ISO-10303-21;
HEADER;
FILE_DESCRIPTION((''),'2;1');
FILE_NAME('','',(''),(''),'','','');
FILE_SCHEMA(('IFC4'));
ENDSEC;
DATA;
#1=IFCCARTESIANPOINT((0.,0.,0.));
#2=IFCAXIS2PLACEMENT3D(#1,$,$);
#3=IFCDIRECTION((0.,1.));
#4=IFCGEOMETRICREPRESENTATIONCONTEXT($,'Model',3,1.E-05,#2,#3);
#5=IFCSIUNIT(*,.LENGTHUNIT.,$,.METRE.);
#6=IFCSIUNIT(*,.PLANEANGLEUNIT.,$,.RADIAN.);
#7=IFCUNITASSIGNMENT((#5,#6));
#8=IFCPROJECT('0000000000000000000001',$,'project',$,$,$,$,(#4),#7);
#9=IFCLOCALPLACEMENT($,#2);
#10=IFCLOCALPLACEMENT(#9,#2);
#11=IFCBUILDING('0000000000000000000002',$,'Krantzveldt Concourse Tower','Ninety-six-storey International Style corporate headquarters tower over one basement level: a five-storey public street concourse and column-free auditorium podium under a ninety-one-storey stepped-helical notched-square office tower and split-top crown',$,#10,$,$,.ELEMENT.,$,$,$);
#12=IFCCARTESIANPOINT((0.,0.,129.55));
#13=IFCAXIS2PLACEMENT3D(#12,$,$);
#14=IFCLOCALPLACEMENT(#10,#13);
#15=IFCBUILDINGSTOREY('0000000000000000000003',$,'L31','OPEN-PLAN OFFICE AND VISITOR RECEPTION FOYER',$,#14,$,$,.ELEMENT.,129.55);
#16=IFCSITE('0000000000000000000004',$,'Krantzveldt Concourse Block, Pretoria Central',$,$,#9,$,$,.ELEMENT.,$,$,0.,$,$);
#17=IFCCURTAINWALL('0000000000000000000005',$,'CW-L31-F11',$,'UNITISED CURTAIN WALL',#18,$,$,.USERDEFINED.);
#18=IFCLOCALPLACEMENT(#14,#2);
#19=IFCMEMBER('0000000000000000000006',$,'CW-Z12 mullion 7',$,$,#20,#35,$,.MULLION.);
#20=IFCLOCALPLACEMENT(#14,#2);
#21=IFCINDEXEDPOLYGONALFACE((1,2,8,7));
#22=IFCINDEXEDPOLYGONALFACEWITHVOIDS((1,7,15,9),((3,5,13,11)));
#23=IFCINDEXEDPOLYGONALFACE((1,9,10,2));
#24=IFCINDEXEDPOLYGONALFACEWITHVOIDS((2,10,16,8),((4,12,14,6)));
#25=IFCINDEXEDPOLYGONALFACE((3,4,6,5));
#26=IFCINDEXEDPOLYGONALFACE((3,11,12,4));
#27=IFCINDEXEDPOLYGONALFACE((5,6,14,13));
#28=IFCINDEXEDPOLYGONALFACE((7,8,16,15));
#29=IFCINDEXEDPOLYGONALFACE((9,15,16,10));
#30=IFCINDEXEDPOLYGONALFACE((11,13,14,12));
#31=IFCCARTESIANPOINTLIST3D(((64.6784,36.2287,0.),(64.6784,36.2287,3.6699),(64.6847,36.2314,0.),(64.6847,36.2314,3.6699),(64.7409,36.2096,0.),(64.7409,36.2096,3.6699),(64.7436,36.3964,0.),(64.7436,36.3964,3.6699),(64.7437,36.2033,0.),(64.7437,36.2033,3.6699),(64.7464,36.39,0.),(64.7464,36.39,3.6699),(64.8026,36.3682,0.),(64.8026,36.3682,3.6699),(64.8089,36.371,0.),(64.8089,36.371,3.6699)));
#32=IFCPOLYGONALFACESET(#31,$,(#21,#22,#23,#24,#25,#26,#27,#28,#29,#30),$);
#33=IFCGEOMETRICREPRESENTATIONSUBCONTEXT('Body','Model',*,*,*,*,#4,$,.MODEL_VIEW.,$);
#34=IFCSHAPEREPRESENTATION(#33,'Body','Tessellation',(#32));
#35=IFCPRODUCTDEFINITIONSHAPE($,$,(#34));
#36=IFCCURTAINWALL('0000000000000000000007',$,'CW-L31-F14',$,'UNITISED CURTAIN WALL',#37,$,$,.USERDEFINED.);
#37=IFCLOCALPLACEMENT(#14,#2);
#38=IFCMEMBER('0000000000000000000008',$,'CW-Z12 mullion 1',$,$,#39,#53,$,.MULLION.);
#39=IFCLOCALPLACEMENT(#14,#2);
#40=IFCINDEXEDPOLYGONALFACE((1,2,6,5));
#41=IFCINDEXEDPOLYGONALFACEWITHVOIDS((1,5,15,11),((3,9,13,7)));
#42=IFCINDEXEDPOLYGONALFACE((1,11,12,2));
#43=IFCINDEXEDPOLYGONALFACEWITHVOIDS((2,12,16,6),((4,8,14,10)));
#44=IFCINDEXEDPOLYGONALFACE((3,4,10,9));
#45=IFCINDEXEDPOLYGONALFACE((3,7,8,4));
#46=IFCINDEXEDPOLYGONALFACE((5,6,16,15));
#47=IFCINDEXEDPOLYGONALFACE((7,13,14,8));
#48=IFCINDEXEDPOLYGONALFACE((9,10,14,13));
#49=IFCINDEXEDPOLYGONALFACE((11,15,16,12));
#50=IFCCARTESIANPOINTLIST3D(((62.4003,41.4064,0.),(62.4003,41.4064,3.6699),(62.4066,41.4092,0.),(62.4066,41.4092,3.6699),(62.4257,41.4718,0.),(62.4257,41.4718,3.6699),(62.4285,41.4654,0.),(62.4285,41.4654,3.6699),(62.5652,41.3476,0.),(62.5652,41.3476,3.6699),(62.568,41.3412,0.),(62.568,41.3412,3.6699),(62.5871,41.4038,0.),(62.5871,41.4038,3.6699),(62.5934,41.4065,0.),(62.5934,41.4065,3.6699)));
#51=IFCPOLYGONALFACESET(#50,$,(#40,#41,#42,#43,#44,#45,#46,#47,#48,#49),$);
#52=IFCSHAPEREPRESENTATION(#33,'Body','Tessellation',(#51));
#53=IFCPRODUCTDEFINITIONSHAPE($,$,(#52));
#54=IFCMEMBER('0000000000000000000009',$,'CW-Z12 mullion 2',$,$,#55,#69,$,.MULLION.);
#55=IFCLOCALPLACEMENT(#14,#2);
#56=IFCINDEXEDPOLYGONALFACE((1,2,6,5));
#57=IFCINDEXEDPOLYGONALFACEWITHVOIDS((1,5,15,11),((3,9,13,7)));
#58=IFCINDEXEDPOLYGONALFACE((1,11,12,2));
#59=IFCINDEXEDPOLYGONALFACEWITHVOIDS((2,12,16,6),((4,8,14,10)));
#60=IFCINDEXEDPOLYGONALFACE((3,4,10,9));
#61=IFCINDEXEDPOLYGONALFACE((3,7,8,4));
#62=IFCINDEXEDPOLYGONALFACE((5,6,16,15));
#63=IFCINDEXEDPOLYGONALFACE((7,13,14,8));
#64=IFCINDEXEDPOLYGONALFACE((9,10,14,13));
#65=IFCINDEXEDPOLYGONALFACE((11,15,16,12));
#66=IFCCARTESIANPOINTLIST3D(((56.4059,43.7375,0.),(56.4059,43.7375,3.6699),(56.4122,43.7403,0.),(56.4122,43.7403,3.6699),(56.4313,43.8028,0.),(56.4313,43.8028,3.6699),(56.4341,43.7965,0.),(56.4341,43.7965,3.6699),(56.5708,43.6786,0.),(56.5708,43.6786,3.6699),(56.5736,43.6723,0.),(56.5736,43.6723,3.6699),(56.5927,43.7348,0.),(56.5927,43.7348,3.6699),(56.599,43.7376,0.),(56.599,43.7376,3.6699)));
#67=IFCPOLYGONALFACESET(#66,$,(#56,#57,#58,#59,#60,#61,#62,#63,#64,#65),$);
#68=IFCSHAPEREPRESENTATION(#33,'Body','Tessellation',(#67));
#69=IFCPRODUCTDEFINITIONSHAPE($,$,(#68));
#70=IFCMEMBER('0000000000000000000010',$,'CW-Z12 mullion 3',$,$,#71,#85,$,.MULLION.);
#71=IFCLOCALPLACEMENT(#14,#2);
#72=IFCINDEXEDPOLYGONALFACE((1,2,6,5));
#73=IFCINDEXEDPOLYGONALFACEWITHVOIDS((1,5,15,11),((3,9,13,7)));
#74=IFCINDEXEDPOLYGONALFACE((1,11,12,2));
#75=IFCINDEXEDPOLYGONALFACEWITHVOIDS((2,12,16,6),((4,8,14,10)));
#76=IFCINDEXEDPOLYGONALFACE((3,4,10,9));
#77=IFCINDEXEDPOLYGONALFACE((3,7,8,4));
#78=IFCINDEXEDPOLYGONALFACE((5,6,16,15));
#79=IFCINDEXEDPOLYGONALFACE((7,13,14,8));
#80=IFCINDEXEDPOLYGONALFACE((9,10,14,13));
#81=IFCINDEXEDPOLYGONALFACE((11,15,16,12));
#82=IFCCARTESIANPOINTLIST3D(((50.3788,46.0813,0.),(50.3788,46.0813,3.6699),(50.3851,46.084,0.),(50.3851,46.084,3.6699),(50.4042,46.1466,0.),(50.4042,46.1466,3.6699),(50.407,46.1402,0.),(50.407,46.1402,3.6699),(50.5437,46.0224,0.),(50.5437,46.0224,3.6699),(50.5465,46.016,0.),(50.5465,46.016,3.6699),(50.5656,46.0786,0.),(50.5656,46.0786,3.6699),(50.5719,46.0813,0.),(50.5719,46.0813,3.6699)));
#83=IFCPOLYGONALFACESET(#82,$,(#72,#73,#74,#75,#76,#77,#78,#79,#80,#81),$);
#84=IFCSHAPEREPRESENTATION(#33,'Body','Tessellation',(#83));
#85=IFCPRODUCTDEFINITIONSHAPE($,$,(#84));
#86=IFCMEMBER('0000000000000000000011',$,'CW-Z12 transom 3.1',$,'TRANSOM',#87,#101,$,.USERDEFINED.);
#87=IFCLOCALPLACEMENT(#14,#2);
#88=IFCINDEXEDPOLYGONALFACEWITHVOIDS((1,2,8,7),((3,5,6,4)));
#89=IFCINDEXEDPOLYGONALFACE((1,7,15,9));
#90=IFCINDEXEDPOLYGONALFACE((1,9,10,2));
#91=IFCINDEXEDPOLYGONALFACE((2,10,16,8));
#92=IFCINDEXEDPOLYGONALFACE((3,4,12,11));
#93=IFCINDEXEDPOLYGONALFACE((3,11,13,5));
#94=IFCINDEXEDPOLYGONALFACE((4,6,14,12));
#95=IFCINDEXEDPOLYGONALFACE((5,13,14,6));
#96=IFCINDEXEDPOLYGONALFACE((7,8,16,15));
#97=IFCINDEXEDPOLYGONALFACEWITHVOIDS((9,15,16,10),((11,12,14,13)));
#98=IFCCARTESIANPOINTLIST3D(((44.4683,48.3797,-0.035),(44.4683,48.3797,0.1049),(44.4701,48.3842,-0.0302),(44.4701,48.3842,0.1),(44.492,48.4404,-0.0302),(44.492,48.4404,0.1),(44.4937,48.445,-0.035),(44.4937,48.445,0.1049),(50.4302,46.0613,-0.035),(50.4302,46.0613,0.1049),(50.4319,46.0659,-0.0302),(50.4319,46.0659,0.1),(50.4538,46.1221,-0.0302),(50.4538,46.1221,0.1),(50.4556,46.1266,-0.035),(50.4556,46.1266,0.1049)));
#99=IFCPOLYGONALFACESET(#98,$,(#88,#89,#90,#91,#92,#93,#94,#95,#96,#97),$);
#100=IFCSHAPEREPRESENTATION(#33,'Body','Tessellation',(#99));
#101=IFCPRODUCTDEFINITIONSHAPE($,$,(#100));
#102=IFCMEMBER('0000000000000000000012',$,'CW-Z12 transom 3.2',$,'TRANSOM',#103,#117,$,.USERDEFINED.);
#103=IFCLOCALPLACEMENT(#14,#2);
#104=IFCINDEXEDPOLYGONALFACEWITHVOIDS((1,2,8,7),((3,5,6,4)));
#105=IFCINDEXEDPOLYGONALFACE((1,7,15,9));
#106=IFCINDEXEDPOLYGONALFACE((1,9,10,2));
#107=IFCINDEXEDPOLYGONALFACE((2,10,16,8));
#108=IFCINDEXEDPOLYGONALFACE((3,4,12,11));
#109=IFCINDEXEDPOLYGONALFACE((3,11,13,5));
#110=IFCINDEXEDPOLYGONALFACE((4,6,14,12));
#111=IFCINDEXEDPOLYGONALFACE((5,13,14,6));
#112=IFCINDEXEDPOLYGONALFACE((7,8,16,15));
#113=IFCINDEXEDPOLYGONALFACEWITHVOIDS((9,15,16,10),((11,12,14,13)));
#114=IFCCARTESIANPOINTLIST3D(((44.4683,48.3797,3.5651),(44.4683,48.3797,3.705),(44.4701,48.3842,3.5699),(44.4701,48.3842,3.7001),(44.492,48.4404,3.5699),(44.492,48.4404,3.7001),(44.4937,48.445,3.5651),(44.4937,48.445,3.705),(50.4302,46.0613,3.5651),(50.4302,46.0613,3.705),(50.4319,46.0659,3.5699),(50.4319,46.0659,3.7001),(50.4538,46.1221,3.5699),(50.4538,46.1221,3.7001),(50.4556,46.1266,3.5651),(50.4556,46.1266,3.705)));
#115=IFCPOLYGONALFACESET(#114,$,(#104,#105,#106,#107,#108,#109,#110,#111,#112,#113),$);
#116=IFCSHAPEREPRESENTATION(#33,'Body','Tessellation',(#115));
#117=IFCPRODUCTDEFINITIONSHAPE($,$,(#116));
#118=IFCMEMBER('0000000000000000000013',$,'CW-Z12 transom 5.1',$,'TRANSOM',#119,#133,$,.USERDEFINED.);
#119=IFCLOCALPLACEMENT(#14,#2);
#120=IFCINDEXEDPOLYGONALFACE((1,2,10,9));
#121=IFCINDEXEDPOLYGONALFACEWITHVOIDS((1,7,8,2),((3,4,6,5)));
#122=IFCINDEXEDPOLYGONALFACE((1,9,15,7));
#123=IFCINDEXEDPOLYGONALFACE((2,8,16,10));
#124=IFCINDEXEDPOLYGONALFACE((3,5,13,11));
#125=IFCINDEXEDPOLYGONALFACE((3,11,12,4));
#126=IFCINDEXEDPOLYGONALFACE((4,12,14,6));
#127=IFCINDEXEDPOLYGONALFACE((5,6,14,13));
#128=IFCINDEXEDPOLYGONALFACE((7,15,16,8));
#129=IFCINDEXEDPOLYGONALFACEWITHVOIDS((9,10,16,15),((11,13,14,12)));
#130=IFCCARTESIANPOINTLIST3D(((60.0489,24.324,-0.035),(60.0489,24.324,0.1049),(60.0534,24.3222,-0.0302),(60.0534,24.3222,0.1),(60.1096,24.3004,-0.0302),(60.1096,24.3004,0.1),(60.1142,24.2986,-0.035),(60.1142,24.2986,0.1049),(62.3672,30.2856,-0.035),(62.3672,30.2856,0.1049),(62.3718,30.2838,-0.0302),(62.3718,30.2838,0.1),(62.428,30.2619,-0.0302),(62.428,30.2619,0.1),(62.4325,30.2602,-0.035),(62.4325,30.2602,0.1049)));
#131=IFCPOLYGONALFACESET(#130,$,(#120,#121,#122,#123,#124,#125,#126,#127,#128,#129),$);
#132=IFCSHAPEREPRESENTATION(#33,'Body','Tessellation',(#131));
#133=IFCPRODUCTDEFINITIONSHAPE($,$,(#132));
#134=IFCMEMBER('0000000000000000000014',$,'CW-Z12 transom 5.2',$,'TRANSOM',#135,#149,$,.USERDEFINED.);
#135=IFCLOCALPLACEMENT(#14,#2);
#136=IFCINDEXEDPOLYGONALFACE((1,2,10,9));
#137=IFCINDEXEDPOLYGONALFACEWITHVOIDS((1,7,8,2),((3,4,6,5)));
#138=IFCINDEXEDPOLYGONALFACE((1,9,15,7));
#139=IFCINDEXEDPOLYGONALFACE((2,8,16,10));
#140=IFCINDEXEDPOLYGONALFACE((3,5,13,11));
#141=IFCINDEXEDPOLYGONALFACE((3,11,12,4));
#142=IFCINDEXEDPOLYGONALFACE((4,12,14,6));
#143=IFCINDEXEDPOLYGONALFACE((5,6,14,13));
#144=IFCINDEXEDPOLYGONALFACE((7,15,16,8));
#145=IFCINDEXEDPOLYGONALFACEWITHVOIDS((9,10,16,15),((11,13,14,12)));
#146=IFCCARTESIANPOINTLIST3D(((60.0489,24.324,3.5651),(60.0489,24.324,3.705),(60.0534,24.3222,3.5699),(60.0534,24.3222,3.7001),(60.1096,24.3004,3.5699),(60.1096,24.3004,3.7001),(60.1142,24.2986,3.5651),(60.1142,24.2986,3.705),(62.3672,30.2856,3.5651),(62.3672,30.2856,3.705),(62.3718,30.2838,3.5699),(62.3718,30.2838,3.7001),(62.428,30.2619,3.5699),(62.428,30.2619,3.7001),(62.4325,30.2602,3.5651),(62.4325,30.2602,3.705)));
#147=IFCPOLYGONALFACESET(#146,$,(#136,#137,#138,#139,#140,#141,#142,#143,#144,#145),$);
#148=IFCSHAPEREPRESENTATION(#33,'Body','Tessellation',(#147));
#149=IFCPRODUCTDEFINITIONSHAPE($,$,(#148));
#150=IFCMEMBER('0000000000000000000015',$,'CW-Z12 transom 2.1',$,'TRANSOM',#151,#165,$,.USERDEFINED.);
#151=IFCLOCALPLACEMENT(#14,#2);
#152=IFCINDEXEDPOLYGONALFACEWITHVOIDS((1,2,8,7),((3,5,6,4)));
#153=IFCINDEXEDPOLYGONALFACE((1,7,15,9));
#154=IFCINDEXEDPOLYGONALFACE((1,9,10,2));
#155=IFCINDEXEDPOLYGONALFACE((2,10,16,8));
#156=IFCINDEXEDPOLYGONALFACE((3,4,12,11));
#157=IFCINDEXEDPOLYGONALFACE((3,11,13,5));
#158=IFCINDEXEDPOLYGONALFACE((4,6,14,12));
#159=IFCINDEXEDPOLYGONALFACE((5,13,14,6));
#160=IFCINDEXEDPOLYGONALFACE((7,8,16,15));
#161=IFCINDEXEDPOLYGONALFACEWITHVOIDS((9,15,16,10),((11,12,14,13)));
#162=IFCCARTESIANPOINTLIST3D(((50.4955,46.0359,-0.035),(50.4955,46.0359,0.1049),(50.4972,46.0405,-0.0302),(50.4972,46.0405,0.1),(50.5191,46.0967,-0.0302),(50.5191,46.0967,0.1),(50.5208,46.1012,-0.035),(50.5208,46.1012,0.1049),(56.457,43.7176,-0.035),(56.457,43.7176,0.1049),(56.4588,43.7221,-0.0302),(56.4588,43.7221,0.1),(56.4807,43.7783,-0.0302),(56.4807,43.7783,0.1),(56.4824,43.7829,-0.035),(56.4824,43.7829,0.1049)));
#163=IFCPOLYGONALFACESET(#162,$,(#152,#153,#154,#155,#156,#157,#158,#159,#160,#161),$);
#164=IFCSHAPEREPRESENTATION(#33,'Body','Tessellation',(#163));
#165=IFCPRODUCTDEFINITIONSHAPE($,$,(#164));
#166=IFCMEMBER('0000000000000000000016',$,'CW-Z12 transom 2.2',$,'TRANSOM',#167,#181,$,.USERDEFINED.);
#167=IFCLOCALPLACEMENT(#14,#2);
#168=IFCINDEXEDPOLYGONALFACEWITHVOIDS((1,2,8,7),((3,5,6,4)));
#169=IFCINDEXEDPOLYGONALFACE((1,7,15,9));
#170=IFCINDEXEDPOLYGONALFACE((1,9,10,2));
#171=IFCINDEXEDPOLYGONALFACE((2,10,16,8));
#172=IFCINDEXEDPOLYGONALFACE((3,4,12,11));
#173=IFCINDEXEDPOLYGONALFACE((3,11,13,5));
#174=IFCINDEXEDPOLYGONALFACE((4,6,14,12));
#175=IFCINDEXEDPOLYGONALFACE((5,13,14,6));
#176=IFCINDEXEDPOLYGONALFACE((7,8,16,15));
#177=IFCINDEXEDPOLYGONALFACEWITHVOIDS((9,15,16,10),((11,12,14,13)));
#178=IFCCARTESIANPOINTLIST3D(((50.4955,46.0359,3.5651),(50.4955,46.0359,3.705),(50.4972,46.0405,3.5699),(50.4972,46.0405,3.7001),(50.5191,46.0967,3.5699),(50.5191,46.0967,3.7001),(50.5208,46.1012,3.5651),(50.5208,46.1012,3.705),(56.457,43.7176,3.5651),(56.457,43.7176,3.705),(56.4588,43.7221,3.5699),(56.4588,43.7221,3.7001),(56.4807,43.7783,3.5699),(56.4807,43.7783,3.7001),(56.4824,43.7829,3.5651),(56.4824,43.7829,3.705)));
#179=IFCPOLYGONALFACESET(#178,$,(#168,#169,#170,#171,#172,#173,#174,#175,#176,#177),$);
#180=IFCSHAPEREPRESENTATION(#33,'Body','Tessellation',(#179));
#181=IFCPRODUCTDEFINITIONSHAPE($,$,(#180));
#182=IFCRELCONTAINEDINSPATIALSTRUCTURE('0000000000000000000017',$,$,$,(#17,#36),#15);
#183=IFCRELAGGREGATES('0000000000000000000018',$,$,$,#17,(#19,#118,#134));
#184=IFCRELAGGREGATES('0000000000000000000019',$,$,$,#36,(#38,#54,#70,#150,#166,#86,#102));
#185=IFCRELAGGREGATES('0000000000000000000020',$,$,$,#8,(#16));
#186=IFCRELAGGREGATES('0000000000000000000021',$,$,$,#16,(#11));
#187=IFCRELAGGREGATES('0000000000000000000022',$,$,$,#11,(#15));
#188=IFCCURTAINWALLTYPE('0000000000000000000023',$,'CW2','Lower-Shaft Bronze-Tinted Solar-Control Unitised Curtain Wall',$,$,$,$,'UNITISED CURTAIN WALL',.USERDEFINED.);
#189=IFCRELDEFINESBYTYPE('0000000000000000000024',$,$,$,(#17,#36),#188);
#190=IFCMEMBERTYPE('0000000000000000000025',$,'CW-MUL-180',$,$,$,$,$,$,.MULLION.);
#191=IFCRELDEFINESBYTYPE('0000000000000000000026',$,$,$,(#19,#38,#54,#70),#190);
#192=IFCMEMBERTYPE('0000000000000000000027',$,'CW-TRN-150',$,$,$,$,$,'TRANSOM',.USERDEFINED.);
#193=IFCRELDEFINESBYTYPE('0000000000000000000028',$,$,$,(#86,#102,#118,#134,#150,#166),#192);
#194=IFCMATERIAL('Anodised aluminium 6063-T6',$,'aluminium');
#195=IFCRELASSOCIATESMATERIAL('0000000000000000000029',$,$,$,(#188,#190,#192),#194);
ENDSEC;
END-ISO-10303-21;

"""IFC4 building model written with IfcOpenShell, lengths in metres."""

from ifc_helpers import new_model, si_unit, direction, frame, origin, origin_2d, place, context, subcontext, project, spatial, hollow_rectangle, extrude, source, transform, mapped, material, material_profile, profile_set, type_object, type_shapes, element, aggregate, save


model = new_model("IFC4")

# Units and contexts
model_context = context("Model", 3, precision=1e-05, world=origin(), true_north=direction((0.0, 1.0)))
body_context = subcontext(model_context, "Body", "Model", "MODEL_VIEW")
ifc_project = project(units=[si_unit("LENGTHUNIT", "METRE"), si_unit("PLANEANGLEUNIT", "RADIAN")], contexts=[model_context])

# Site, building, storey
site_placement = place(None, origin())
site = spatial("IfcSite", under=ifc_project, at=site_placement, Name="Krantzveldt Concourse Block, Pretoria Central", CompositionType="ELEMENT", RefElevation=0.0)
building_placement = place(site_placement, origin())
building = spatial("IfcBuilding", under=site, at=building_placement, Name="Krantzveldt Concourse Tower", Description="Ninety-six-storey International Style corporate headquarters tower over one basement level: a five-storey public street concourse and column-free auditorium podium under a ninety-one-storey stepped-helical notched-square office tower and split-top crown", CompositionType="ELEMENT")
storey_placement = place(building_placement, frame((0.0, 0.0, 129.55)))
storey = spatial("IfcBuildingStorey", under=building, at=storey_placement, Name="L31", Description="OPEN-PLAN OFFICE AND VISITOR RECEPTION FOYER", CompositionType="ELEMENT", Elevation=129.55)

# Curtain walls, members
ifc_material_1 = material(Name="Anodised aluminium 6063-T6", Category="aluminium")
curtain_wall_type = type_object("IfcCurtainWallType", Name="CW2", Description="Lower-Shaft Bronze-Tinted Solar-Control Unitised Curtain Wall", ElementType="UNITISED CURTAIN WALL", PredefinedType="USERDEFINED", material=ifc_material_1)
curtain_wall_1_placement = place(storey_placement, origin())
curtain_wall_1 = element("IfcCurtainWall", 1, at=curtain_wall_1_placement, inside=storey, type_object=curtain_wall_type, Name="CW-L31-F11", ObjectType="UNITISED CURTAIN WALL", PredefinedType="USERDEFINED")
ifc_material_profile_1 = material_profile(ifc_material_1, hollow_rectangle(XDim=0.0701, YDim=0.1799, WallThickness=0.0049, at=origin_2d()), Name="Anodised aluminium 6063-T6", Category="aluminium")
ifc_profile_set_1 = profile_set([ifc_material_profile_1], Name="Anodised aluminium 6063-T6 - ALU-MULL 180x70x5")
member_type_1 = type_object("IfcMemberType", Name="CW-MUL-180", PredefinedType="MULLION", material=ifc_profile_set_1)
shared_shape_1 = source(origin(), body_context, "Body", "SweptSolid", [
    extrude(hollow_rectangle(XDim=0.0701, YDim=0.1799, WallThickness=0.0049, at=origin_2d()), origin(), (0.0, 0.0, 1.0), 3.6699),
])
type_shapes(member_type_1, [shared_shape_1])
member_1_placement = place(storey_placement, frame((64.7437, 36.2998, 0.0), z_axis=(0.0, 0.0, 1.0), x_axis=(-0.932008, 0.362438, 0.0)))
member_1 = element("IfcMember", 2, at=member_1_placement, type_object=member_type_1, Name="CW-Z12 mullion 7", PredefinedType="MULLION", context=body_context, shape_type="MappedRepresentation", body=[
    mapped(shared_shape_1, transform((0.0, 0.0, 0.0), x_axis=(1.0, 0.0, 0.0), y_axis=(0.0, 1.0, 0.0), z_axis=(0.0, 0.0, 1.0), scale=1.0)),
])
curtain_wall_2_placement = place(storey_placement, origin())
curtain_wall_2 = element("IfcCurtainWall", 3, at=curtain_wall_2_placement, inside=storey, type_object=curtain_wall_type, Name="CW-L31-F14", ObjectType="UNITISED CURTAIN WALL", PredefinedType="USERDEFINED")
member_2_placement = place(storey_placement, frame((62.4968, 41.4065, 0.0), z_axis=(0.0, 0.0, 1.0), x_axis=(-0.362438, -0.932008, 0.0)))
member_2 = element("IfcMember", 4, at=member_2_placement, type_object=member_type_1, Name="CW-Z12 mullion 1", PredefinedType="MULLION", context=body_context, shape_type="MappedRepresentation", body=[
    mapped(shared_shape_1, transform((0.0, 0.0, 0.0), x_axis=(1.0, 0.0, 0.0), y_axis=(0.0, 1.0, 0.0), z_axis=(0.0, 0.0, 1.0), scale=1.0)),
])
member_3_placement = place(storey_placement, frame((56.5024, 43.7375, 0.0), z_axis=(0.0, 0.0, 1.0), x_axis=(-0.362438, -0.932008, 0.0)))
member_3 = element("IfcMember", 5, at=member_3_placement, type_object=member_type_1, Name="CW-Z12 mullion 2", PredefinedType="MULLION", context=body_context, shape_type="MappedRepresentation", body=[
    mapped(shared_shape_1, transform((0.0, 0.0, 0.0), x_axis=(1.0, 0.0, 0.0), y_axis=(0.0, 1.0, 0.0), z_axis=(0.0, 0.0, 1.0), scale=1.0)),
])
member_4_placement = place(storey_placement, frame((50.4753, 46.0813, 0.0), z_axis=(0.0, 0.0, 1.0), x_axis=(-0.362438, -0.932008, 0.0)))
member_4 = element("IfcMember", 6, at=member_4_placement, type_object=member_type_1, Name="CW-Z12 mullion 3", PredefinedType="MULLION", context=body_context, shape_type="MappedRepresentation", body=[
    mapped(shared_shape_1, transform((0.0, 0.0, 0.0), x_axis=(1.0, 0.0, 0.0), y_axis=(0.0, 1.0, 0.0), z_axis=(0.0, 0.0, 1.0), scale=1.0)),
])
ifc_material_profile_2 = material_profile(ifc_material_1, hollow_rectangle(XDim=0.0701, YDim=0.1399, WallThickness=0.0049, at=origin_2d()), Name="Anodised aluminium 6063-T6", Category="aluminium")
ifc_profile_set_2 = profile_set([ifc_material_profile_2], Name="Anodised aluminium 6063-T6 - ALU-TRAN 140x70x5")
member_type_2 = type_object("IfcMemberType", Name="CW-TRN-150", ElementType="TRANSOM", PredefinedType="USERDEFINED", material=ifc_profile_set_2)
shared_shape_2 = source(origin(), body_context, "Body", "SweptSolid", [
    extrude(hollow_rectangle(XDim=0.0701, YDim=0.1399, WallThickness=0.0049, at=origin_2d()), origin(), (0.0, 0.0, 1.0), 6.3967),
])
member_5_placement = place(storey_placement, frame((50.4429, 46.094, 0.0349), z_axis=(-0.932013, 0.362424, 0.0), x_axis=(-0.362424, -0.932013, 0.0)))
member_5 = element("IfcMember", 7, at=member_5_placement, type_object=member_type_2, Name="CW-Z12 transom 3.1", ObjectType="TRANSOM", PredefinedType="USERDEFINED", context=body_context, shape_type="MappedRepresentation", body=[
    mapped(shared_shape_2, transform((0.0, 0.0, 0.0), x_axis=(1.0, 0.0, 0.0), y_axis=(0.0, 1.0, 0.0), z_axis=(0.0, 0.0, 1.0), scale=1.0)),
])
member_6_placement = place(storey_placement, frame((50.4429, 46.094, 3.635), z_axis=(-0.932013, 0.362424, 0.0), x_axis=(-0.362424, -0.932013, 0.0)))
member_6 = element("IfcMember", 8, at=member_6_placement, type_object=member_type_2, Name="CW-Z12 transom 3.2", ObjectType="TRANSOM", PredefinedType="USERDEFINED", context=body_context, shape_type="MappedRepresentation", body=[
    mapped(shared_shape_2, transform((0.0, 0.0, 0.0), x_axis=(1.0, 0.0, 0.0), y_axis=(0.0, 1.0, 0.0), z_axis=(0.0, 0.0, 1.0), scale=1.0)),
])

# Members
shared_shape_3 = source(origin(), body_context, "Body", "SweptSolid", [
    extrude(hollow_rectangle(XDim=0.0701, YDim=0.1399, WallThickness=0.0049, at=origin_2d()), origin(), (0.0, 0.0, 1.0), 6.3965),
])
member_7_placement = place(storey_placement, frame((60.0815, 24.3113, 0.0349), z_axis=(0.362437, 0.932008, 0.0), x_axis=(-0.932008, 0.362437, 0.0)))
member_7 = element("IfcMember", 9, at=member_7_placement, type_object=member_type_2, Name="CW-Z12 transom 5.1", ObjectType="TRANSOM", PredefinedType="USERDEFINED", context=body_context, shape_type="MappedRepresentation", body=[
    mapped(shared_shape_3, transform((0.0, 0.0, 0.0), x_axis=(1.0, 0.0, 0.0), y_axis=(0.0, 1.0, 0.0), z_axis=(0.0, 0.0, 1.0), scale=1.0)),
])
member_8_placement = place(storey_placement, frame((60.0815, 24.3113, 3.635), z_axis=(0.362437, 0.932008, 0.0), x_axis=(-0.932008, 0.362437, 0.0)))
member_8 = element("IfcMember", 10, at=member_8_placement, type_object=member_type_2, Name="CW-Z12 transom 5.2", ObjectType="TRANSOM", PredefinedType="USERDEFINED", context=body_context, shape_type="MappedRepresentation", body=[
    mapped(shared_shape_3, transform((0.0, 0.0, 0.0), x_axis=(1.0, 0.0, 0.0), y_axis=(0.0, 1.0, 0.0), z_axis=(0.0, 0.0, 1.0), scale=1.0)),
])
member_9_placement = place(storey_placement, frame((56.4697, 43.7502, 0.0349), z_axis=(-0.932008, 0.362437, 0.0), x_axis=(-0.362437, -0.932008, 0.0)))
member_9 = element("IfcMember", 11, at=member_9_placement, type_object=member_type_2, Name="CW-Z12 transom 2.1", ObjectType="TRANSOM", PredefinedType="USERDEFINED", context=body_context, shape_type="MappedRepresentation", body=[
    mapped(shared_shape_3, transform((0.0, 0.0, 0.0), x_axis=(1.0, 0.0, 0.0), y_axis=(0.0, 1.0, 0.0), z_axis=(0.0, 0.0, 1.0), scale=1.0)),
])
member_10_placement = place(storey_placement, frame((56.4697, 43.7502, 3.635), z_axis=(-0.932008, 0.362437, 0.0), x_axis=(-0.362437, -0.932008, 0.0)))
member_10 = element("IfcMember", 12, at=member_10_placement, type_object=member_type_2, Name="CW-Z12 transom 2.2", ObjectType="TRANSOM", PredefinedType="USERDEFINED", context=body_context, shape_type="MappedRepresentation", body=[
    mapped(shared_shape_3, transform((0.0, 0.0, 0.0), x_axis=(1.0, 0.0, 0.0), y_axis=(0.0, 1.0, 0.0), z_axis=(0.0, 0.0, 1.0), scale=1.0)),
])

aggregate(curtain_wall_1, [member_1, member_7, member_8])
aggregate(curtain_wall_2, [member_2, member_3, member_4, member_9, member_10, member_5, member_6])

save(model, "model.ifc")
